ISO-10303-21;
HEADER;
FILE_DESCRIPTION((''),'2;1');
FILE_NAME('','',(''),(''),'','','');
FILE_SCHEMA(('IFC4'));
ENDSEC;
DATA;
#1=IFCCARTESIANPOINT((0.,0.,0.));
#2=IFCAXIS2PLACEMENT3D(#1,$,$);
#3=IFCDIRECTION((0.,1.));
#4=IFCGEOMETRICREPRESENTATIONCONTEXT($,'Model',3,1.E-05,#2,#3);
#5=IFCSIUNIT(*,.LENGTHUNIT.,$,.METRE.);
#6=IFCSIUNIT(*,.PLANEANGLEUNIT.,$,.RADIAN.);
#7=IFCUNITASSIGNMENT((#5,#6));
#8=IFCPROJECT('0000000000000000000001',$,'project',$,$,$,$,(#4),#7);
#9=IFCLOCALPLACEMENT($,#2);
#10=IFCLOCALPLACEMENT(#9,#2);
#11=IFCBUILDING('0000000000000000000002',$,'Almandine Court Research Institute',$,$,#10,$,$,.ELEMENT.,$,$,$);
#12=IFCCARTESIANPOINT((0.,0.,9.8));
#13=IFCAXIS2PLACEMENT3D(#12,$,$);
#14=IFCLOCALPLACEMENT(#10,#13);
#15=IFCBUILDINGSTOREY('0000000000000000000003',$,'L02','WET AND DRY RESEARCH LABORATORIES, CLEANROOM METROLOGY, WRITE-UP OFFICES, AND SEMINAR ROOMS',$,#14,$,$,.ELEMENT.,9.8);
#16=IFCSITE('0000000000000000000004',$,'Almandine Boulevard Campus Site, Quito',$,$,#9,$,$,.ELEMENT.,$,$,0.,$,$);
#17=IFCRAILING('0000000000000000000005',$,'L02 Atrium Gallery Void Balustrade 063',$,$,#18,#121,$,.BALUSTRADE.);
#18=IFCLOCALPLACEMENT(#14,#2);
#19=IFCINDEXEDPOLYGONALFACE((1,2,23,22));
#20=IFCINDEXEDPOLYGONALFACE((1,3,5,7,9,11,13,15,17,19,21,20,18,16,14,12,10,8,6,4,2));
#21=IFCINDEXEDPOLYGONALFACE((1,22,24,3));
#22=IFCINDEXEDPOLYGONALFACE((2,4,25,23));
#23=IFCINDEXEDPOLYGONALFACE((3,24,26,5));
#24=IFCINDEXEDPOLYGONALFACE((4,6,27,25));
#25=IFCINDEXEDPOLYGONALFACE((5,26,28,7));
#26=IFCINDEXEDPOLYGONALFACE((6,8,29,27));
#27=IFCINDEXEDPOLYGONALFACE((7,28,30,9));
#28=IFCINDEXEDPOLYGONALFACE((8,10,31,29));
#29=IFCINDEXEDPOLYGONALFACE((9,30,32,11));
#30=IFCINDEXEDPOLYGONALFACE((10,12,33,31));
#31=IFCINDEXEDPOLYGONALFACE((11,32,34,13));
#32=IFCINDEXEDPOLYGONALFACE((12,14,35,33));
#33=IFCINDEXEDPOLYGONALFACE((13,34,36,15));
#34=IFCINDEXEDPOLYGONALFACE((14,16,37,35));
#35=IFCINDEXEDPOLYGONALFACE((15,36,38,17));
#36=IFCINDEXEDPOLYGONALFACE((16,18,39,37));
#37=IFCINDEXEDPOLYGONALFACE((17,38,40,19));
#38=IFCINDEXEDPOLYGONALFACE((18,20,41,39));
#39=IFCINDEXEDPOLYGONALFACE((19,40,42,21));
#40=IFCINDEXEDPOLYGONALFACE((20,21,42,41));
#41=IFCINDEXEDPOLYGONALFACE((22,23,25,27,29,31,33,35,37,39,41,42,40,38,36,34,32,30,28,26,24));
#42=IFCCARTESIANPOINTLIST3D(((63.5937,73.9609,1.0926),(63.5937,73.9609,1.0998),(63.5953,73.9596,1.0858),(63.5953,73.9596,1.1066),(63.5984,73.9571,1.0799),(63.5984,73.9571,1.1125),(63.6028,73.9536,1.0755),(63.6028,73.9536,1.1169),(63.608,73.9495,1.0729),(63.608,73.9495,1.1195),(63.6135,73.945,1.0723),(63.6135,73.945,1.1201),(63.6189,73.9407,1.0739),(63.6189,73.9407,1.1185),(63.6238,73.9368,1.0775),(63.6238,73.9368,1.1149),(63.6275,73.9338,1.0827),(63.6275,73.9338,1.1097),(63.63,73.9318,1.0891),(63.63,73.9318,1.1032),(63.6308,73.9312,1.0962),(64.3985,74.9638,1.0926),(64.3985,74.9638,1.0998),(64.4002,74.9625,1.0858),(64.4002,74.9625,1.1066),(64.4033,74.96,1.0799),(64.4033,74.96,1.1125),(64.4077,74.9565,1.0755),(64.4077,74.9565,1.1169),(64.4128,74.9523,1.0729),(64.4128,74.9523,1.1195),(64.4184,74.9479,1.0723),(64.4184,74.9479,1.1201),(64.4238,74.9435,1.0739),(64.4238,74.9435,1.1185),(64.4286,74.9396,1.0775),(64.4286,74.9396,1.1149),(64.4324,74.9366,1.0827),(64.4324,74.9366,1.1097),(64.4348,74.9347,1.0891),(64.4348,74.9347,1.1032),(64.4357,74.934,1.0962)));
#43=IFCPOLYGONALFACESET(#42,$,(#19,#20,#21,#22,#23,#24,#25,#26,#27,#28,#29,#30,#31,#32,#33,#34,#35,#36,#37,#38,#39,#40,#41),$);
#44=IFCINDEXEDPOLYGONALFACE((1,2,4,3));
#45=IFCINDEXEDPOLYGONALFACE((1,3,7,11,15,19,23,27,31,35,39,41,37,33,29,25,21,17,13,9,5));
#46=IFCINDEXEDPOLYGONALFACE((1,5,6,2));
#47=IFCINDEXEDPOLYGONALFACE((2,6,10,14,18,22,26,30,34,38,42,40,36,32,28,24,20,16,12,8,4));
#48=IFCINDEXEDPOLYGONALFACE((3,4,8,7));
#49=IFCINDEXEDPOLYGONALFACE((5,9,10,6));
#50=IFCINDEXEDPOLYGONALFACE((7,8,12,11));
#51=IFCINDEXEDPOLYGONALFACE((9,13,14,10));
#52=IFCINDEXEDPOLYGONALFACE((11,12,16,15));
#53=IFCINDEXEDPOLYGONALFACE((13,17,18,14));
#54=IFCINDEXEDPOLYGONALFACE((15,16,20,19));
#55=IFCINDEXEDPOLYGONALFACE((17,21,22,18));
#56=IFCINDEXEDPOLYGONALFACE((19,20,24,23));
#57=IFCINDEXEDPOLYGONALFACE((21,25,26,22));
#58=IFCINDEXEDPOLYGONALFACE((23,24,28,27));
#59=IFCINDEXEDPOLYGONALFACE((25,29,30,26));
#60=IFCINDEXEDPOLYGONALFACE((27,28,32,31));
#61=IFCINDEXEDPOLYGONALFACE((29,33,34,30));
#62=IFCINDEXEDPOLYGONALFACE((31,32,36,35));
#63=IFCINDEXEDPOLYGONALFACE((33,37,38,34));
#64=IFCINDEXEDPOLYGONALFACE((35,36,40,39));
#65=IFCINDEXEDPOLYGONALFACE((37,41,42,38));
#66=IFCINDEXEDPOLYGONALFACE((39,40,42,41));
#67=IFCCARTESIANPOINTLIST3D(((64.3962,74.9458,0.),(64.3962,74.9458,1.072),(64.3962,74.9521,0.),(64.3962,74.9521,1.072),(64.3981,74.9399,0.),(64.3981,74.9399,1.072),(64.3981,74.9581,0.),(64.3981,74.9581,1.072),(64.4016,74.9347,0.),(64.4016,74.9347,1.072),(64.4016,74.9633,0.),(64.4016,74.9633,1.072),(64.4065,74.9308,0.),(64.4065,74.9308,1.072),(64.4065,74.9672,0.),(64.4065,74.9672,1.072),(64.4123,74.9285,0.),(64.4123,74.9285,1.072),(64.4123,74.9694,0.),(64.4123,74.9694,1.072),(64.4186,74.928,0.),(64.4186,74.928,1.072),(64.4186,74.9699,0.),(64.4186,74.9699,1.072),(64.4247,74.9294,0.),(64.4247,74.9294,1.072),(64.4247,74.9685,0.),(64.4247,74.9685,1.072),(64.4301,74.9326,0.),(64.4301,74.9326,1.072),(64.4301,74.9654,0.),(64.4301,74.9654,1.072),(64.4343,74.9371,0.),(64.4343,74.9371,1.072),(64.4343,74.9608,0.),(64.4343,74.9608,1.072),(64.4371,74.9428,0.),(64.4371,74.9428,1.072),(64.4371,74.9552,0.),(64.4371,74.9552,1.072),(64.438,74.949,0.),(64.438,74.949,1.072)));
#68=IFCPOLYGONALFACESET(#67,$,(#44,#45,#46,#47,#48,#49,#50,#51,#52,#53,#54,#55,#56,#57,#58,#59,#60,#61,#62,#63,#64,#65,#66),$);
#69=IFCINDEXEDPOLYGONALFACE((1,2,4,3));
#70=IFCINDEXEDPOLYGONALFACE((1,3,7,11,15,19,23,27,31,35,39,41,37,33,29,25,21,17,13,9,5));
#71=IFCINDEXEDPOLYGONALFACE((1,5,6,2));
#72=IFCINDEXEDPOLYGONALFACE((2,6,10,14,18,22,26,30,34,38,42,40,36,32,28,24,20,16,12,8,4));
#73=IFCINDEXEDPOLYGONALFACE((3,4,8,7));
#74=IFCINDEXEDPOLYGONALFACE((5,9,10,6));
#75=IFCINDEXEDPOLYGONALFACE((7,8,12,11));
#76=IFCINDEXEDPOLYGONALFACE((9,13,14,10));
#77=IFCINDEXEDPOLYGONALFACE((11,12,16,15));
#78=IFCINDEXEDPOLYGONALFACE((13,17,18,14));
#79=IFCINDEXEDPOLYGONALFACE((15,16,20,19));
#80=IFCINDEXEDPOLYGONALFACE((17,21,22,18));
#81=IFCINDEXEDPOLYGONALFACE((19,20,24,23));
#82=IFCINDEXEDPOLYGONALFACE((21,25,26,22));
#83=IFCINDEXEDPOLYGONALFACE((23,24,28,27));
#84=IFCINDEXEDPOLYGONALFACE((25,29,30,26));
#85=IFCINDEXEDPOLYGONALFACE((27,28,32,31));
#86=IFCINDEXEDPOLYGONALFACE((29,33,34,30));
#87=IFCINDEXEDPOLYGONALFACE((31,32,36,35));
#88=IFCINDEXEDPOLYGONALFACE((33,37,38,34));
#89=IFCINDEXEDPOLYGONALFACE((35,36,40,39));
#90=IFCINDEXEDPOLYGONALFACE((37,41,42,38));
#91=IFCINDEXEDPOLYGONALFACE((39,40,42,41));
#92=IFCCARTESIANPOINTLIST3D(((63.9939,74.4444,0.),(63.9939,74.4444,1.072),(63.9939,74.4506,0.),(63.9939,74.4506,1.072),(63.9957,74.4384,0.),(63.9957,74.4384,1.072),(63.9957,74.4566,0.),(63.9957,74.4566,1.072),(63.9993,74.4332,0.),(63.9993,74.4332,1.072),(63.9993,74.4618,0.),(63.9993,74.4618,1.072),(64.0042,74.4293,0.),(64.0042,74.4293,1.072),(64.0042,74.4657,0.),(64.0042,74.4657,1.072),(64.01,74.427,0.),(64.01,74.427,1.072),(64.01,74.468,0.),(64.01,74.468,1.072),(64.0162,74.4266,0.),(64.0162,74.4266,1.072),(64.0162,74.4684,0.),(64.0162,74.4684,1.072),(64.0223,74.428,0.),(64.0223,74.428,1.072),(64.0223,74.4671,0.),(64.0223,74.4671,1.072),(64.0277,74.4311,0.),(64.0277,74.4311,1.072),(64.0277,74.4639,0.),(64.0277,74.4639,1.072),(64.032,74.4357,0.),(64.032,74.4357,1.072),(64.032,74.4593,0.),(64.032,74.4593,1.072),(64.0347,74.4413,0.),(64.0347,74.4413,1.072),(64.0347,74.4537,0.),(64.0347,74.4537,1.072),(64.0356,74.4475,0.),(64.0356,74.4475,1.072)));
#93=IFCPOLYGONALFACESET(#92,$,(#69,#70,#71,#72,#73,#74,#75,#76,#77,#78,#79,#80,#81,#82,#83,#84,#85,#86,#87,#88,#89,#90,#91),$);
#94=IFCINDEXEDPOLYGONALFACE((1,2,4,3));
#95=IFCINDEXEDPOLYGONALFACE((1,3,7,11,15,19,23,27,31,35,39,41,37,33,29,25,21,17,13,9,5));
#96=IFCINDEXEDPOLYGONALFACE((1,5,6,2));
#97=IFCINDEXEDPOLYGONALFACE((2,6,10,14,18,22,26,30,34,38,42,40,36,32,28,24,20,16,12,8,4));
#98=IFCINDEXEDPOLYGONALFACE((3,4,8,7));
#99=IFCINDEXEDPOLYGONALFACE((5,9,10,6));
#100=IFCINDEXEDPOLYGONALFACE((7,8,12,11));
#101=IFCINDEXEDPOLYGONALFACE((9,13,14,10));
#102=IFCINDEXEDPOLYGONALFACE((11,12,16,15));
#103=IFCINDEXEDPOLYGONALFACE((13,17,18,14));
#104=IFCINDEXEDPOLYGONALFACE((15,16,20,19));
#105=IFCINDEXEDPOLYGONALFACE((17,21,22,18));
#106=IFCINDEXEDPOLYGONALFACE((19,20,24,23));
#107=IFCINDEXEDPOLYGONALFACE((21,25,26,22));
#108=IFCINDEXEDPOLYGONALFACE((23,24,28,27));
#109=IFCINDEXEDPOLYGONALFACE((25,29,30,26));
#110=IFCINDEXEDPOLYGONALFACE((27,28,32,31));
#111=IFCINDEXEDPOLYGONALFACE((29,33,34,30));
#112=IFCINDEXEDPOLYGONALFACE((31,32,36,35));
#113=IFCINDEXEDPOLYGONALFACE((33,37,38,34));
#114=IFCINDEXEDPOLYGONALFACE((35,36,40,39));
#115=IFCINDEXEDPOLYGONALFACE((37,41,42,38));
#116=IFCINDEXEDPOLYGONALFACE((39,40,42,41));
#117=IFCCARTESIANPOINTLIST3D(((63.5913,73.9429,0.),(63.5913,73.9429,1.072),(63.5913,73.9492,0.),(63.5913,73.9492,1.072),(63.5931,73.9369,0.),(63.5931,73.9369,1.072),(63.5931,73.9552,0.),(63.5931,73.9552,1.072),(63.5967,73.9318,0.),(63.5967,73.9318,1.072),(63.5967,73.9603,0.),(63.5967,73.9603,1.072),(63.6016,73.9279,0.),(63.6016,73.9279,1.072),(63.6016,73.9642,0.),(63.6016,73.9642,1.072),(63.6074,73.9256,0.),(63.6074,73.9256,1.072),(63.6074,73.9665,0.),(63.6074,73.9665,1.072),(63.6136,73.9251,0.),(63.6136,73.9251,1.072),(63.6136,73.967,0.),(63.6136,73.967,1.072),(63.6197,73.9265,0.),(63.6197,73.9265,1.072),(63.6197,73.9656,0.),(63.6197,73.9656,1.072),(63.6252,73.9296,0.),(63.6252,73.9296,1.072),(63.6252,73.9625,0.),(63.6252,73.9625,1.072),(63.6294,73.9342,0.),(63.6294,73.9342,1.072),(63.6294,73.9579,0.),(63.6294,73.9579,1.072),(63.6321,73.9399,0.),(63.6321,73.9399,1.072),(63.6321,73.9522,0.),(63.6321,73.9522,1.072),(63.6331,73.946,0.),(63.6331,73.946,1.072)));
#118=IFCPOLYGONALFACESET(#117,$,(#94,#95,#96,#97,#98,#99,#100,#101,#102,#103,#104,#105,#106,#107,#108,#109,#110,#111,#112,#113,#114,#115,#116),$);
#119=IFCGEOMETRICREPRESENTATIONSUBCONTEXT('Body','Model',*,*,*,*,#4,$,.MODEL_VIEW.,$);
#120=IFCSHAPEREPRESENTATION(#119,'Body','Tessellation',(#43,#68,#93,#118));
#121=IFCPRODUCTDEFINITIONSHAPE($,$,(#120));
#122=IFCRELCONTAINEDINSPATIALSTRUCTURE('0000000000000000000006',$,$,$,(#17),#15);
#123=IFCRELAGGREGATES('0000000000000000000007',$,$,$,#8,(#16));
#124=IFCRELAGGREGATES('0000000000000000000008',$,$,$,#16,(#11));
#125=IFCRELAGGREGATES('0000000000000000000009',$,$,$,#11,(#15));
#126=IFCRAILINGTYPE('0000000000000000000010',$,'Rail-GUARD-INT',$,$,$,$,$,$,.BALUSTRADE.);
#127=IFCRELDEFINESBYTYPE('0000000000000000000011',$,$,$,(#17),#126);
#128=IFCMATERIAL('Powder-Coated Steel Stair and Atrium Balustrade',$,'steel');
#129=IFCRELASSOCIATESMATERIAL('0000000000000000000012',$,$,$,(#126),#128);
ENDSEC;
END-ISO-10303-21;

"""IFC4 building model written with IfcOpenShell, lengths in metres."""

from ifc_helpers import new_model, si_unit, direction, frame, origin, origin_2d, place, context, subcontext, project, spatial, circle, extrude, material, type_object, element, save


model = new_model("IFC4")

# Units and contexts
model_context = context("Model", 3, precision=1e-05, world=origin(), true_north=direction((0.0, 1.0)))
body_context = subcontext(model_context, "Body", "Model", "MODEL_VIEW")
ifc_project = project(units=[si_unit("LENGTHUNIT", "METRE"), si_unit("PLANEANGLEUNIT", "RADIAN")], contexts=[model_context])

# Site, building, storey
site_placement = place(None, origin())
site = spatial("IfcSite", under=ifc_project, at=site_placement, Name="Almandine Boulevard Campus Site, Quito", CompositionType="ELEMENT", RefElevation=0.0)
building_placement = place(site_placement, origin())
building = spatial("IfcBuilding", under=site, at=building_placement, Name="Almandine Court Research Institute", CompositionType="ELEMENT")
storey_placement = place(building_placement, frame((0.0, 0.0, 9.8)))
storey = spatial("IfcBuildingStorey", under=building, at=storey_placement, Name="L02", Description="WET AND DRY RESEARCH LABORATORIES, CLEANROOM METROLOGY, WRITE-UP OFFICES, AND SEMINAR ROOMS", CompositionType="ELEMENT", Elevation=9.8)

# Railing
ifc_material_1 = material(Name="Powder-Coated Steel Stair and Atrium Balustrade", Category="steel")
railing_type = type_object("IfcRailingType", Name="Rail-GUARD-INT", PredefinedType="BALUSTRADE", material=ifc_material_1)
railing_1_placement = place(storey_placement, frame((64.417, 74.949, 0.0)))
element("IfcRailing", 1, at=railing_1_placement, inside=storey, type_object=railing_type, Name="L02 Atrium Gallery Void Balustrade 063", PredefinedType="BALUSTRADE", context=body_context, shape_type="SweptSolid", body=[
    extrude(circle(Radius=0.0239, at=origin_2d()), frame((0.0, 0.0, 1.0962), z_axis=(-0.625921, -0.779886, 0.0), x_axis=(0.779886, -0.625921, 0.0)), (0.0, 0.0, 1.0), 1.2859),
    extrude(circle(Radius=0.021, at=origin_2d()), origin(), (0.0, 0.0, 1.0), 1.072),
    extrude(circle(Radius=0.021, at=origin_2d()), frame((-0.4023, -0.5015, 0.0)), (0.0, 0.0, 1.0), 1.072),
    extrude(circle(Radius=0.021, at=origin_2d()), frame((-0.8049, -1.0029, 0.0)), (0.0, 0.0, 1.0), 1.072),
])

save(model, "model.ifc")
